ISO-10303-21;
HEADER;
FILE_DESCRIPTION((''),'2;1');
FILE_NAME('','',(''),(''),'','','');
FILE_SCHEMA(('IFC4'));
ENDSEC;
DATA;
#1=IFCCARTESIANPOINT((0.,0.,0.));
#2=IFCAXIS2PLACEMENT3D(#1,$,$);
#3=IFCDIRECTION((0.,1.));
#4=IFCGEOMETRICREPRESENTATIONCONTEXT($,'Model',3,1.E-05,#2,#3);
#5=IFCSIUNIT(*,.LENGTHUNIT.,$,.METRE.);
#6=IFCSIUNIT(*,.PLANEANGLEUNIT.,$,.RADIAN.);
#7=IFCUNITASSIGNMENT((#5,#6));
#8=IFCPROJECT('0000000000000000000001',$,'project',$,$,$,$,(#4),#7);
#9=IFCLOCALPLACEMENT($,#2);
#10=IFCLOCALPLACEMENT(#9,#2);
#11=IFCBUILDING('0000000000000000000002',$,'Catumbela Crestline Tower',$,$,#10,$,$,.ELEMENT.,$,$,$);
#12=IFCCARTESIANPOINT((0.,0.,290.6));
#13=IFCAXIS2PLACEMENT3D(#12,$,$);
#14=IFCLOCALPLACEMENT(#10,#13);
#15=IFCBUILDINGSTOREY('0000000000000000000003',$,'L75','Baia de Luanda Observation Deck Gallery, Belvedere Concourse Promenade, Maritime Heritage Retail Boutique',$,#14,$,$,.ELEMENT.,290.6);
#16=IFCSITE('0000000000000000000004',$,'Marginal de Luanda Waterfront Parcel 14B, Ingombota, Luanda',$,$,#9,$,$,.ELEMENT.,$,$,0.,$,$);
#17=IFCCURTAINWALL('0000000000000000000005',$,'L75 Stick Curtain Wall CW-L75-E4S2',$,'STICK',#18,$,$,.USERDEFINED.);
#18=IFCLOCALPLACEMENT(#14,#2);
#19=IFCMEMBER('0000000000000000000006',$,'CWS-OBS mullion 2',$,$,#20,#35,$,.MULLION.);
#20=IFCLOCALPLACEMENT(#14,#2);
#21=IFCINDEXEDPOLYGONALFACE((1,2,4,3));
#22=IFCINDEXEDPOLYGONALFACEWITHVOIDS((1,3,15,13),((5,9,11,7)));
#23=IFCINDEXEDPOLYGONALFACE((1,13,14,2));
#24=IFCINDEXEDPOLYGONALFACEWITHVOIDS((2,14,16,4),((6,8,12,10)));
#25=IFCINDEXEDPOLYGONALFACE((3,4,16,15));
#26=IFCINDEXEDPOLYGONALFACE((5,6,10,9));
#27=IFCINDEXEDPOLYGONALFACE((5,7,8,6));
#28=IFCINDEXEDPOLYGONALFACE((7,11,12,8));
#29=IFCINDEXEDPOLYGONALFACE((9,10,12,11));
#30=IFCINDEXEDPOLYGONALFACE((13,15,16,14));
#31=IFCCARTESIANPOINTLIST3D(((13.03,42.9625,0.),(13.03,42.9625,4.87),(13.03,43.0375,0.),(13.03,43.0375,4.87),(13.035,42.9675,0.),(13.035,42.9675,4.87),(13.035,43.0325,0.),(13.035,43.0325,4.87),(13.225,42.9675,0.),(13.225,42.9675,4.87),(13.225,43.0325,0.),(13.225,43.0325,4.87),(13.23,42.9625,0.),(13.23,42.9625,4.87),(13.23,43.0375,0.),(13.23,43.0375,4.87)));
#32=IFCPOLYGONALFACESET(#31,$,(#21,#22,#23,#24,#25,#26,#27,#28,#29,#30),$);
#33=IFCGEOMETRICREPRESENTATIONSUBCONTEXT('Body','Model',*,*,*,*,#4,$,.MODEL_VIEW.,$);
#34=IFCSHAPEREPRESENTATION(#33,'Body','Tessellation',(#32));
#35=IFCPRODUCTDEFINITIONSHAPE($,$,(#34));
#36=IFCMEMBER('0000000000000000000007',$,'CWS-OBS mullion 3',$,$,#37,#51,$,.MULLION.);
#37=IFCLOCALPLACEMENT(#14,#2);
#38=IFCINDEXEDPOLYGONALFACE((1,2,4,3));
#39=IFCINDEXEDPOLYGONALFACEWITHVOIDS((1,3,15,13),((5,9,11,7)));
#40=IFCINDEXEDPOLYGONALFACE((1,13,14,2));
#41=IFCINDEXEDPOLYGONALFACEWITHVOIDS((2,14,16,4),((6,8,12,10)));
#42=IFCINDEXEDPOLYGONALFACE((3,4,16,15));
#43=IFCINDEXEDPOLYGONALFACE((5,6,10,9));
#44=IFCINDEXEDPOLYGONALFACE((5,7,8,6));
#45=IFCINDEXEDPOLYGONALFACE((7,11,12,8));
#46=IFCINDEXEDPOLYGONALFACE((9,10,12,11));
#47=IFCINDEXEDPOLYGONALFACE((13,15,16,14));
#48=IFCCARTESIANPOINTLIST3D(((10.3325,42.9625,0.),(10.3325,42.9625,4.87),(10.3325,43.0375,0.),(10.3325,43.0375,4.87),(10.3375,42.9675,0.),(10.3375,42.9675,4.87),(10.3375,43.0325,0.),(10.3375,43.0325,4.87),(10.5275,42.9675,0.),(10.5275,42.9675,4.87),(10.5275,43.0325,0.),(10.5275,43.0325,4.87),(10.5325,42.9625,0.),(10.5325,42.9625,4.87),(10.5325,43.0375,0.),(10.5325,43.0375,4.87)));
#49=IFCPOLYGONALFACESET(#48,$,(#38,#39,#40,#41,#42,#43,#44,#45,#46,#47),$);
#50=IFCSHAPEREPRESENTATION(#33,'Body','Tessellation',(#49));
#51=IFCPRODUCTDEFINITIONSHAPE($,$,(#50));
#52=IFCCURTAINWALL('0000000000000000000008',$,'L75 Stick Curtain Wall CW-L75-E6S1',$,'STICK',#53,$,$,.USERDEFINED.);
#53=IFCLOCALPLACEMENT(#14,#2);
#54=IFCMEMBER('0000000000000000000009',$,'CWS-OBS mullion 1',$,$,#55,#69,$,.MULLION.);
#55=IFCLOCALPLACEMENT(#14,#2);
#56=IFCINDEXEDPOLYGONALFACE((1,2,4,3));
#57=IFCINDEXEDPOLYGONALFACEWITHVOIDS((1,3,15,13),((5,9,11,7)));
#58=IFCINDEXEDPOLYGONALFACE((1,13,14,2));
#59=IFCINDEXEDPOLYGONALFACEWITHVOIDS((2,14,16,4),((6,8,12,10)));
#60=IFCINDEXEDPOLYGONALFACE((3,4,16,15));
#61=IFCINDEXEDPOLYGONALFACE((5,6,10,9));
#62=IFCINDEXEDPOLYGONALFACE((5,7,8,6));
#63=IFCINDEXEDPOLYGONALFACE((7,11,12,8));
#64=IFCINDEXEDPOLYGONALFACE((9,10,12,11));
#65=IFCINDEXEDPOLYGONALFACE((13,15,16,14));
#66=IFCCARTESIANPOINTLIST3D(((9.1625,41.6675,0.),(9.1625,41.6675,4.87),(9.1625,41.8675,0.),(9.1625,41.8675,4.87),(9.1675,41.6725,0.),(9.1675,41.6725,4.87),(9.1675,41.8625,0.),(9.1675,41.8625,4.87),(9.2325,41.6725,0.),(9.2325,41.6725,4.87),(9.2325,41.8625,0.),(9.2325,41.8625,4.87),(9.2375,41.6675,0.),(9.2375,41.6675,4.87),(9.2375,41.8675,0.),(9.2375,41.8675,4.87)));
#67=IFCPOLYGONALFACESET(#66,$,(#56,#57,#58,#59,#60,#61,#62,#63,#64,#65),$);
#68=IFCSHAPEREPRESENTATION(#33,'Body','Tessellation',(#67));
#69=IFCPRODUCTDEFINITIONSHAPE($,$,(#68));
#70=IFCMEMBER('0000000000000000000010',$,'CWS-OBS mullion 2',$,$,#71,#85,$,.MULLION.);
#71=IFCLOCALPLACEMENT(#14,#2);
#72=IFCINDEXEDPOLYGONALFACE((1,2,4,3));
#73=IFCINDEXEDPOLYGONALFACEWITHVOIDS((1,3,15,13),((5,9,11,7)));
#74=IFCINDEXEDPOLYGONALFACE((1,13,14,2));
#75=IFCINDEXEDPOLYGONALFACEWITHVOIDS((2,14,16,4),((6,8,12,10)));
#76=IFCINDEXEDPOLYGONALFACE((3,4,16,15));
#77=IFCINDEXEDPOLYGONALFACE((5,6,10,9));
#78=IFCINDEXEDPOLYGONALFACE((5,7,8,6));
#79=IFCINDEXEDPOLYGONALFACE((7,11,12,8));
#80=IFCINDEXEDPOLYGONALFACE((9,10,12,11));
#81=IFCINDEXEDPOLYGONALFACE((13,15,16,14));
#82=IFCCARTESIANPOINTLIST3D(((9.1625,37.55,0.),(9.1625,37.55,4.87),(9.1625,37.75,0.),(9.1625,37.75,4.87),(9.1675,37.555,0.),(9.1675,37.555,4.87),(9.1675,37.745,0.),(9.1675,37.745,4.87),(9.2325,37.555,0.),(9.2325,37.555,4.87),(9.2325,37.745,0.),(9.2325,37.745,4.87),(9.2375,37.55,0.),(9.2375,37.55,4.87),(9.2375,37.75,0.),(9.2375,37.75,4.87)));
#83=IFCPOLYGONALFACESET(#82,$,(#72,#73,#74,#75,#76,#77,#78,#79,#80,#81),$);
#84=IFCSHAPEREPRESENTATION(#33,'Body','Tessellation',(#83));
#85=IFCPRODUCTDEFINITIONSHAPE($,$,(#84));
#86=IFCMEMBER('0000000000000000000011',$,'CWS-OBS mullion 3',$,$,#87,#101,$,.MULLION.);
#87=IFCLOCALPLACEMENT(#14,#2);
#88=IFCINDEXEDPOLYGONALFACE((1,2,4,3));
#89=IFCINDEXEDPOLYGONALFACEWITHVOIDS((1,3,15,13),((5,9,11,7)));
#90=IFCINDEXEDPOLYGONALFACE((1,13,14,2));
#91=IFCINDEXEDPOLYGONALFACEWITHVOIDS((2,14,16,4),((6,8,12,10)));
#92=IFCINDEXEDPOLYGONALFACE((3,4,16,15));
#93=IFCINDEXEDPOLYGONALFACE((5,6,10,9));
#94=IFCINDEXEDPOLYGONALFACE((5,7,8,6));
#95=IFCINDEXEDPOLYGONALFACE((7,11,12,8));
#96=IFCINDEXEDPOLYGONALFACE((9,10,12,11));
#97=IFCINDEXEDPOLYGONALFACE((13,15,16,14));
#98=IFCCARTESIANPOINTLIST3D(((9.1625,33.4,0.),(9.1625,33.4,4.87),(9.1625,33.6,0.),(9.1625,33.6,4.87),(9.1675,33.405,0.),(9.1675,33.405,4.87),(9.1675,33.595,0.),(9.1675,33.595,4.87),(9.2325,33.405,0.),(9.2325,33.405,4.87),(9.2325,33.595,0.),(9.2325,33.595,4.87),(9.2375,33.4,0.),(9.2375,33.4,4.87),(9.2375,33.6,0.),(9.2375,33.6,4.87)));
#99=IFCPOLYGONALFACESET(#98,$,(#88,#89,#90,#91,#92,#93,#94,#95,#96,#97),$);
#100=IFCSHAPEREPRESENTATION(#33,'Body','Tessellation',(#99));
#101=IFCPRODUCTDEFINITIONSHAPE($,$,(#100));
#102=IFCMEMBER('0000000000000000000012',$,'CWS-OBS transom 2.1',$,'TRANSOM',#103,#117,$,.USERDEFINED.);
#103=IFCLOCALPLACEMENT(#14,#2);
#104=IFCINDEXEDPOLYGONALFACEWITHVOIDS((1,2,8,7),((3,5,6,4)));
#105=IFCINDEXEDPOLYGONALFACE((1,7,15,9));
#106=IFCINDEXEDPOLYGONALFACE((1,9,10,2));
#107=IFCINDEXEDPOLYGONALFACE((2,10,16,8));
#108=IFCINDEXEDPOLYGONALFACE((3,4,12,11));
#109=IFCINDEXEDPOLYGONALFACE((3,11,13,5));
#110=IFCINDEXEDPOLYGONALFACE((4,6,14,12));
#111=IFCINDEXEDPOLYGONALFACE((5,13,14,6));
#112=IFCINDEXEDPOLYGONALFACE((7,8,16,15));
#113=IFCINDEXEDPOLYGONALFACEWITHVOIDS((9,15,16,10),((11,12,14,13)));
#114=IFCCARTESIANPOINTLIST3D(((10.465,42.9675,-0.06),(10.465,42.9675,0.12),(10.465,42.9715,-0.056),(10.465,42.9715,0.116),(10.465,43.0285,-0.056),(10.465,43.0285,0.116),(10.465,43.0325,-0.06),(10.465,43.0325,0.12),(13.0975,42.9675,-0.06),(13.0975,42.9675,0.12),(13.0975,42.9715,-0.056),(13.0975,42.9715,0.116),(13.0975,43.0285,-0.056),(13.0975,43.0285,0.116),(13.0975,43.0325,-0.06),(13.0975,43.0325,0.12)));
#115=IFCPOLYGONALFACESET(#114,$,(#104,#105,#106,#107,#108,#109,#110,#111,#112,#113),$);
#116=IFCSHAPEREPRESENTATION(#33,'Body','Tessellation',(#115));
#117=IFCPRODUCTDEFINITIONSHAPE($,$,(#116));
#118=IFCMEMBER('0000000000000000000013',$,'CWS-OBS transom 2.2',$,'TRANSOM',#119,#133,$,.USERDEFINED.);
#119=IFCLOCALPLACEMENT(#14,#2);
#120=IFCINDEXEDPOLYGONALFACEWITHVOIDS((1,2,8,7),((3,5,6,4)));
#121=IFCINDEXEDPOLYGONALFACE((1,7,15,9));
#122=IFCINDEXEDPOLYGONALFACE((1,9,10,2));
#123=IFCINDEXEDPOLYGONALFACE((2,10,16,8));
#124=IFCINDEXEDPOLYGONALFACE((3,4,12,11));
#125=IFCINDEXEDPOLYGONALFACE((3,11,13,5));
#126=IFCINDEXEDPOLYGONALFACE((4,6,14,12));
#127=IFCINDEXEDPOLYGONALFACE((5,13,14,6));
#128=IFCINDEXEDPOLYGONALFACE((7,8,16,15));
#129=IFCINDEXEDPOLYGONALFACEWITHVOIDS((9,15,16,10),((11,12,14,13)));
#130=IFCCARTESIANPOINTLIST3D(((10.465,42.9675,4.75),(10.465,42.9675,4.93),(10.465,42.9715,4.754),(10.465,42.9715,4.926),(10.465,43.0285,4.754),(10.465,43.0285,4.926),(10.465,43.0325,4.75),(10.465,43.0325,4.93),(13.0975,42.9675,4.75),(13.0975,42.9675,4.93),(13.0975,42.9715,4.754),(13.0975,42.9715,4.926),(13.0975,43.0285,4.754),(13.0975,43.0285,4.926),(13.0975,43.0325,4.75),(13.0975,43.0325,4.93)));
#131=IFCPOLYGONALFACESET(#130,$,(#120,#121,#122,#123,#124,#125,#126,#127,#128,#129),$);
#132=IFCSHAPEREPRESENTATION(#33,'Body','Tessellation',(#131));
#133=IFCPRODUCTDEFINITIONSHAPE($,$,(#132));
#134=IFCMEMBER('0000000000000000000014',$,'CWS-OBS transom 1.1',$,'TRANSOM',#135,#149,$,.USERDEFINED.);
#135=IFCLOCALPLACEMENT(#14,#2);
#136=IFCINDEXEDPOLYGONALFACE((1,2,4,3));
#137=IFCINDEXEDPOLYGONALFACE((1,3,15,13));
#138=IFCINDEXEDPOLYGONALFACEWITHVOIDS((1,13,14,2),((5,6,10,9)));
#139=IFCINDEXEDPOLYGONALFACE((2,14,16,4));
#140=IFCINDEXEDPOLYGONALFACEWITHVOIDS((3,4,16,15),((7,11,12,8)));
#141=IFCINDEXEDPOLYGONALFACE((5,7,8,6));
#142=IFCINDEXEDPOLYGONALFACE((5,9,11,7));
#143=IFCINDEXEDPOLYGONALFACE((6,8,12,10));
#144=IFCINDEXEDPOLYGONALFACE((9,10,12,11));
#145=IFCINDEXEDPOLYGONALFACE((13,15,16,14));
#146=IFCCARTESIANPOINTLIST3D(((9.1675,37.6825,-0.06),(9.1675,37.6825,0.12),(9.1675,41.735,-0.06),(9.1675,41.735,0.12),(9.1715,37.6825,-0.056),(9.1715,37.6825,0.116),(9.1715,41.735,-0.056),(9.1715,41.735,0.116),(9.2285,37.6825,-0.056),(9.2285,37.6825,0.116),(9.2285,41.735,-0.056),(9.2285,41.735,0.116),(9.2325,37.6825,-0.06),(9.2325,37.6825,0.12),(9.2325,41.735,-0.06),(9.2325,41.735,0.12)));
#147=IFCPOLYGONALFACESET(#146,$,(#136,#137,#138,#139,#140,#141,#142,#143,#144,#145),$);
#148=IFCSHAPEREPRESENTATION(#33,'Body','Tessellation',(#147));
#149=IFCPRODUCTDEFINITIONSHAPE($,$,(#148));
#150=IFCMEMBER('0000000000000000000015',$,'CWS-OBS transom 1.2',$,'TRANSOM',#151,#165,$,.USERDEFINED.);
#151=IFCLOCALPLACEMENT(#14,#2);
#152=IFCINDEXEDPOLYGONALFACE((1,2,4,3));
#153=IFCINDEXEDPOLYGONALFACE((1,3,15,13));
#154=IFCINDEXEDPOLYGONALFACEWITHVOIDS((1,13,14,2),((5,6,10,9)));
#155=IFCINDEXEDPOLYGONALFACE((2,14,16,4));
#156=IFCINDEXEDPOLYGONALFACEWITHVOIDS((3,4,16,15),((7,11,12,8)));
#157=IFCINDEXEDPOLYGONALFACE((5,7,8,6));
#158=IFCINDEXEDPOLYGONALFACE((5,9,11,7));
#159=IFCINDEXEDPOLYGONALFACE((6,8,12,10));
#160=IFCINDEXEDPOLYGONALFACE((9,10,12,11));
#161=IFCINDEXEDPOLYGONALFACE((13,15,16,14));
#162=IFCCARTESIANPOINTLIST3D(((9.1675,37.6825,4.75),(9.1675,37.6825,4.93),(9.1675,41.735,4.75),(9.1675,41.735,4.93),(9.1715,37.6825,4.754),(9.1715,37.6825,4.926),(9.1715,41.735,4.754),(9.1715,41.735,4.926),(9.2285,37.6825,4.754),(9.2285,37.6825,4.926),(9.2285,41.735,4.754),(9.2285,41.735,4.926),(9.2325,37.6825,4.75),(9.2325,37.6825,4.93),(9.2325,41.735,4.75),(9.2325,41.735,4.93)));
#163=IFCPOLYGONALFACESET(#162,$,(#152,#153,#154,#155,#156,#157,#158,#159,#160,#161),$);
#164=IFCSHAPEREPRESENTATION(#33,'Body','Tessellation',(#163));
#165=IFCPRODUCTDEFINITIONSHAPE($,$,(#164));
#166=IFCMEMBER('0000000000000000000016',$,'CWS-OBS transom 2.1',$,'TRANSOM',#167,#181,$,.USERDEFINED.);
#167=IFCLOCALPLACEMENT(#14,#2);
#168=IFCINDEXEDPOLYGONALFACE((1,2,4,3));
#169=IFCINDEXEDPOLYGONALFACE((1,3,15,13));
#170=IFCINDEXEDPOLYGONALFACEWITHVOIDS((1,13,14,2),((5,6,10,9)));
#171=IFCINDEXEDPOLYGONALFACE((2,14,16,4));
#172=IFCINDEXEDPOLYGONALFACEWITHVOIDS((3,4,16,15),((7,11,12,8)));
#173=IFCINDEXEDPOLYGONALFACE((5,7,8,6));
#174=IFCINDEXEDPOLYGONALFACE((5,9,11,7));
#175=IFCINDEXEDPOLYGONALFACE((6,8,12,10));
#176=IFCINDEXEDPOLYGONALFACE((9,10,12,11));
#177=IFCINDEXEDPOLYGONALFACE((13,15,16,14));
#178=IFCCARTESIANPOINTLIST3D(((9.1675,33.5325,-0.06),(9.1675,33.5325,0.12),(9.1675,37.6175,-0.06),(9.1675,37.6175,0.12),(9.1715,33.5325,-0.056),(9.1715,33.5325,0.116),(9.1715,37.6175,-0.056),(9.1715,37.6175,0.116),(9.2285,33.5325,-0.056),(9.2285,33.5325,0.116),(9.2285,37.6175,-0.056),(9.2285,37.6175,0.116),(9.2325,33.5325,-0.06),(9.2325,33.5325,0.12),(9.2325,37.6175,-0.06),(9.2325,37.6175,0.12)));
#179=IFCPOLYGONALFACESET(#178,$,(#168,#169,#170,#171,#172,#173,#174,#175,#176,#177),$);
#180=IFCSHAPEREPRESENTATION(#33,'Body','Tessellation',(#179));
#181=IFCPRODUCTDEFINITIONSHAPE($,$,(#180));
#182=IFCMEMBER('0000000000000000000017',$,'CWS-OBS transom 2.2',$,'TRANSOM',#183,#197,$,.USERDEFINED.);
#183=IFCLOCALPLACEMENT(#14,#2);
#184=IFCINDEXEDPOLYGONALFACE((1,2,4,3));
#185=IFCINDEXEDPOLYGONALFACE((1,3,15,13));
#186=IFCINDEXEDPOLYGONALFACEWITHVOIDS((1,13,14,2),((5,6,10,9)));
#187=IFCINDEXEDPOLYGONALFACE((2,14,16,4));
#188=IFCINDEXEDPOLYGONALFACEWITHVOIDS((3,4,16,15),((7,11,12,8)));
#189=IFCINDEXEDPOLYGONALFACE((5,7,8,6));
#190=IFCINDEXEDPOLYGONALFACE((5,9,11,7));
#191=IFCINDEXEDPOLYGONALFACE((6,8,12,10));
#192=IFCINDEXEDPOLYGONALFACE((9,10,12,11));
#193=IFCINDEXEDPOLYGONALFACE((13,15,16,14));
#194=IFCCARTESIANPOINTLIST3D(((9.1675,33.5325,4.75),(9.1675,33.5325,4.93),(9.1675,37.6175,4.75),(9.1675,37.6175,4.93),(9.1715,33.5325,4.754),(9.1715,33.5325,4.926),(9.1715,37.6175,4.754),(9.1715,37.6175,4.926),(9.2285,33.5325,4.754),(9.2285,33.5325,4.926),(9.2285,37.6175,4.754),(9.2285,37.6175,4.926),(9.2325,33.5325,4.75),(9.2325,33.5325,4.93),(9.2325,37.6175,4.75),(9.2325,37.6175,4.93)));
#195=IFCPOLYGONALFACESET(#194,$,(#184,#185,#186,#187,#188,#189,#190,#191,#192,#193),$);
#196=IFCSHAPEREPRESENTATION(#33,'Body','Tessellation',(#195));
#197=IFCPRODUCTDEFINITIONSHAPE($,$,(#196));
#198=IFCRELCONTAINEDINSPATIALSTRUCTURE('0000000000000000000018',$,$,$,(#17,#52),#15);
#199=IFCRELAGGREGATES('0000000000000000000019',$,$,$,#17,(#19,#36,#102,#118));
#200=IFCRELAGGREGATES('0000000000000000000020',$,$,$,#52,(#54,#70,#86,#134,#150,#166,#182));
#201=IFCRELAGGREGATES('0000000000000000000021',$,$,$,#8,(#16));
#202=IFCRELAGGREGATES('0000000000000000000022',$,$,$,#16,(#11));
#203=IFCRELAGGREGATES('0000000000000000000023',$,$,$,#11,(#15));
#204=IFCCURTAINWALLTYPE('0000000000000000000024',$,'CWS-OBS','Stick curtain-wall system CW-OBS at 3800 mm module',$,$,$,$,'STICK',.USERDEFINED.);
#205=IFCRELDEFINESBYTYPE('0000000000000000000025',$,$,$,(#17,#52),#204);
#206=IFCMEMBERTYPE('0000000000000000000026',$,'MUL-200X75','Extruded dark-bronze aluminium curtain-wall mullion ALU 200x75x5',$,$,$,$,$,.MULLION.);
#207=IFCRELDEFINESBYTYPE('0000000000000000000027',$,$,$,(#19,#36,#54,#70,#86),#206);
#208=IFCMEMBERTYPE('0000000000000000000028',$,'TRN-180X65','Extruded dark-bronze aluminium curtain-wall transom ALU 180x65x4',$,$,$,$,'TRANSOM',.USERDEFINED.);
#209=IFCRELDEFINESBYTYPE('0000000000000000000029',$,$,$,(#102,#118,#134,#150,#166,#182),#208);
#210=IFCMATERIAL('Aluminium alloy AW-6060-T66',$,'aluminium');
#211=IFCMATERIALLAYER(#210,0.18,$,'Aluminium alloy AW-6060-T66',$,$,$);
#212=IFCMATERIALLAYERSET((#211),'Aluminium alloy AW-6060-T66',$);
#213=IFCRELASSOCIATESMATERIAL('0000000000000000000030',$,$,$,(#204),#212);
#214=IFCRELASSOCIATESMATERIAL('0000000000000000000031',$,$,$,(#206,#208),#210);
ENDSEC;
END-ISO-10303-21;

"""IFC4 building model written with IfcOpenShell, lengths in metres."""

from ifc_helpers import new_model, si_unit, direction, frame, origin, origin_2d, place, context, subcontext, project, spatial, hollow_rectangle, extrude, material, layer, layer_set, material_profile, profile_set, type_object, element, aggregate, save


model = new_model("IFC4")

# Units and contexts
model_context = context("Model", 3, precision=1e-05, world=origin(), true_north=direction((0.0, 1.0)))
body_context = subcontext(model_context, "Body", "Model", "MODEL_VIEW")
ifc_project = project(units=[si_unit("LENGTHUNIT", "METRE"), si_unit("PLANEANGLEUNIT", "RADIAN")], contexts=[model_context])

# Site, building, storey
site_placement = place(None, origin())
site = spatial("IfcSite", under=ifc_project, at=site_placement, Name="Marginal de Luanda Waterfront Parcel 14B, Ingombota, Luanda", CompositionType="ELEMENT", RefElevation=0.0)
building_placement = place(site_placement, origin())
building = spatial("IfcBuilding", under=site, at=building_placement, Name="Catumbela Crestline Tower", CompositionType="ELEMENT")
storey_placement = place(building_placement, frame((0.0, 0.0, 290.6)))
storey = spatial("IfcBuildingStorey", under=building, at=storey_placement, Name="L75", Description="Baia de Luanda Observation Deck Gallery, Belvedere Concourse Promenade, Maritime Heritage Retail Boutique", CompositionType="ELEMENT", Elevation=290.6)

# Curtain walls, members
ifc_material_1 = material(Name="Aluminium alloy AW-6060-T66", Category="aluminium")
ifc_layer_1 = layer(ifc_material_1, 0.18, Name="Aluminium alloy AW-6060-T66")
ifc_layer_set_1 = layer_set([ifc_layer_1], Name="Aluminium alloy AW-6060-T66")
curtain_wall_type = type_object("IfcCurtainWallType", Name="CWS-OBS", Description="Stick curtain-wall system CW-OBS at 3800 mm module", ElementType="STICK", PredefinedType="USERDEFINED", material=ifc_layer_set_1)
curtain_wall_1_placement = place(storey_placement, origin())
curtain_wall_1 = element("IfcCurtainWall", 1, at=curtain_wall_1_placement, inside=storey, type_object=curtain_wall_type, Name="L75 Stick Curtain Wall CW-L75-E4S2", ObjectType="STICK", PredefinedType="USERDEFINED")
ifc_material_profile_1 = material_profile(ifc_material_1, hollow_rectangle(XDim=0.075, YDim=0.2, WallThickness=0.005, at=origin_2d()), Name="ALU 200x75x5")
ifc_profile_set_1 = profile_set([ifc_material_profile_1], Name="Aluminium alloy AW-6060-T66")
member_type_1 = type_object("IfcMemberType", Name="MUL-200X75", Description="Extruded dark-bronze aluminium curtain-wall mullion ALU 200x75x5", PredefinedType="MULLION", material=ifc_profile_set_1)
member_1_placement = place(storey_placement, frame((13.13, 43.0, 0.0), z_axis=(0.0, 0.0, 1.0), x_axis=(0.0, -1.0, 0.0)))
member_1 = element("IfcMember", 2, at=member_1_placement, type_object=member_type_1, Name="CWS-OBS mullion 2", PredefinedType="MULLION", context=body_context, shape_type="SweptSolid", body=[
    extrude(hollow_rectangle(XDim=0.075, YDim=0.2, WallThickness=0.005, at=origin_2d()), origin(), (0.0, 0.0, 1.0), 4.87),
])
member_2_placement = place(storey_placement, frame((10.4325, 43.0, 0.0), z_axis=(0.0, 0.0, 1.0), x_axis=(0.0, -1.0, 0.0)))
member_2 = element("IfcMember", 3, at=member_2_placement, type_object=member_type_1, Name="CWS-OBS mullion 3", PredefinedType="MULLION", context=body_context, shape_type="SweptSolid", body=[
    extrude(hollow_rectangle(XDim=0.075, YDim=0.2, WallThickness=0.005, at=origin_2d()), origin(), (0.0, 0.0, 1.0), 4.87),
])
curtain_wall_2_placement = place(storey_placement, origin())
curtain_wall_2 = element("IfcCurtainWall", 4, at=curtain_wall_2_placement, inside=storey, type_object=curtain_wall_type, Name="L75 Stick Curtain Wall CW-L75-E6S1", ObjectType="STICK", PredefinedType="USERDEFINED")
member_3_placement = place(storey_placement, frame((9.2, 41.7675, 0.0), z_axis=(0.0, 0.0, 1.0), x_axis=(1.0, 0.0, 0.0)))
member_3 = element("IfcMember", 5, at=member_3_placement, type_object=member_type_1, Name="CWS-OBS mullion 1", PredefinedType="MULLION", context=body_context, shape_type="SweptSolid", body=[
    extrude(hollow_rectangle(XDim=0.075, YDim=0.2, WallThickness=0.005, at=origin_2d()), origin(), (0.0, 0.0, 1.0), 4.87),
])
member_4_placement = place(storey_placement, frame((9.2, 37.65, 0.0), z_axis=(0.0, 0.0, 1.0), x_axis=(1.0, 0.0, 0.0)))
member_4 = element("IfcMember", 6, at=member_4_placement, type_object=member_type_1, Name="CWS-OBS mullion 2", PredefinedType="MULLION", context=body_context, shape_type="SweptSolid", body=[
    extrude(hollow_rectangle(XDim=0.075, YDim=0.2, WallThickness=0.005, at=origin_2d()), origin(), (0.0, 0.0, 1.0), 4.87),
])
member_5_placement = place(storey_placement, frame((9.2, 33.5, 0.0), z_axis=(0.0, 0.0, 1.0), x_axis=(1.0, 0.0, 0.0)))
member_5 = element("IfcMember", 7, at=member_5_placement, type_object=member_type_1, Name="CWS-OBS mullion 3", PredefinedType="MULLION", context=body_context, shape_type="SweptSolid", body=[
    extrude(hollow_rectangle(XDim=0.075, YDim=0.2, WallThickness=0.005, at=origin_2d()), origin(), (0.0, 0.0, 1.0), 4.87),
])

# Members
ifc_material_profile_2 = material_profile(ifc_material_1, hollow_rectangle(XDim=0.065, YDim=0.18, WallThickness=0.004, at=origin_2d()), Name="ALU 180x65x4")
ifc_profile_set_2 = profile_set([ifc_material_profile_2], Name="Aluminium alloy AW-6060-T66")
member_type_2 = type_object("IfcMemberType", Name="TRN-180X65", Description="Extruded dark-bronze aluminium curtain-wall transom ALU 180x65x4", ElementType="TRANSOM", PredefinedType="USERDEFINED", material=ifc_profile_set_2)
member_6_placement = place(storey_placement, frame((13.0975, 43.0, 0.03), z_axis=(-1.0, 0.0, 0.0), x_axis=(0.0, -1.0, 0.0)))
member_6 = element("IfcMember", 8, at=member_6_placement, type_object=member_type_2, Name="CWS-OBS transom 2.1", ObjectType="TRANSOM", PredefinedType="USERDEFINED", context=body_context, shape_type="SweptSolid", body=[
    extrude(hollow_rectangle(XDim=0.065, YDim=0.18, WallThickness=0.004, at=origin_2d()), origin(), (0.0, 0.0, 1.0), 2.6325),
])
member_7_placement = place(storey_placement, frame((13.0975, 43.0, 4.84), z_axis=(-1.0, 0.0, 0.0), x_axis=(0.0, -1.0, 0.0)))
member_7 = element("IfcMember", 9, at=member_7_placement, type_object=member_type_2, Name="CWS-OBS transom 2.2", ObjectType="TRANSOM", PredefinedType="USERDEFINED", context=body_context, shape_type="SweptSolid", body=[
    extrude(hollow_rectangle(XDim=0.065, YDim=0.18, WallThickness=0.004, at=origin_2d()), origin(), (0.0, 0.0, 1.0), 2.6325),
])
member_8_placement = place(storey_placement, frame((9.2, 41.735, 0.03), z_axis=(0.0, -1.0, 0.0), x_axis=(1.0, 0.0, 0.0)))
member_8 = element("IfcMember", 10, at=member_8_placement, type_object=member_type_2, Name="CWS-OBS transom 1.1", ObjectType="TRANSOM", PredefinedType="USERDEFINED", context=body_context, shape_type="SweptSolid", body=[
    extrude(hollow_rectangle(XDim=0.065, YDim=0.18, WallThickness=0.004, at=origin_2d()), origin(), (0.0, 0.0, 1.0), 4.0525),
])
member_9_placement = place(storey_placement, frame((9.2, 41.735, 4.84), z_axis=(0.0, -1.0, 0.0), x_axis=(1.0, 0.0, 0.0)))
member_9 = element("IfcMember", 11, at=member_9_placement, type_object=member_type_2, Name="CWS-OBS transom 1.2", ObjectType="TRANSOM", PredefinedType="USERDEFINED", context=body_context, shape_type="SweptSolid", body=[
    extrude(hollow_rectangle(XDim=0.065, YDim=0.18, WallThickness=0.004, at=origin_2d()), origin(), (0.0, 0.0, 1.0), 4.0525),
])
member_10_placement = place(storey_placement, frame((9.2, 37.6175, 0.03), z_axis=(0.0, -1.0, 0.0), x_axis=(1.0, 0.0, 0.0)))
member_10 = element("IfcMember", 12, at=member_10_placement, type_object=member_type_2, Name="CWS-OBS transom 2.1", ObjectType="TRANSOM", PredefinedType="USERDEFINED", context=body_context, shape_type="SweptSolid", body=[
    extrude(hollow_rectangle(XDim=0.065, YDim=0.18, WallThickness=0.004, at=origin_2d()), origin(), (0.0, 0.0, 1.0), 4.085),
])
member_11_placement = place(storey_placement, frame((9.2, 37.6175, 4.84), z_axis=(0.0, -1.0, 0.0), x_axis=(1.0, 0.0, 0.0)))
member_11 = element("IfcMember", 13, at=member_11_placement, type_object=member_type_2, Name="CWS-OBS transom 2.2", ObjectType="TRANSOM", PredefinedType="USERDEFINED", context=body_context, shape_type="SweptSolid", body=[
    extrude(hollow_rectangle(XDim=0.065, YDim=0.18, WallThickness=0.004, at=origin_2d()), origin(), (0.0, 0.0, 1.0), 4.085),
])

aggregate(curtain_wall_1, [member_1, member_2, member_6, member_7])
aggregate(curtain_wall_2, [member_3, member_4, member_5, member_8, member_9, member_10, member_11])

save(model, "model.ifc")
